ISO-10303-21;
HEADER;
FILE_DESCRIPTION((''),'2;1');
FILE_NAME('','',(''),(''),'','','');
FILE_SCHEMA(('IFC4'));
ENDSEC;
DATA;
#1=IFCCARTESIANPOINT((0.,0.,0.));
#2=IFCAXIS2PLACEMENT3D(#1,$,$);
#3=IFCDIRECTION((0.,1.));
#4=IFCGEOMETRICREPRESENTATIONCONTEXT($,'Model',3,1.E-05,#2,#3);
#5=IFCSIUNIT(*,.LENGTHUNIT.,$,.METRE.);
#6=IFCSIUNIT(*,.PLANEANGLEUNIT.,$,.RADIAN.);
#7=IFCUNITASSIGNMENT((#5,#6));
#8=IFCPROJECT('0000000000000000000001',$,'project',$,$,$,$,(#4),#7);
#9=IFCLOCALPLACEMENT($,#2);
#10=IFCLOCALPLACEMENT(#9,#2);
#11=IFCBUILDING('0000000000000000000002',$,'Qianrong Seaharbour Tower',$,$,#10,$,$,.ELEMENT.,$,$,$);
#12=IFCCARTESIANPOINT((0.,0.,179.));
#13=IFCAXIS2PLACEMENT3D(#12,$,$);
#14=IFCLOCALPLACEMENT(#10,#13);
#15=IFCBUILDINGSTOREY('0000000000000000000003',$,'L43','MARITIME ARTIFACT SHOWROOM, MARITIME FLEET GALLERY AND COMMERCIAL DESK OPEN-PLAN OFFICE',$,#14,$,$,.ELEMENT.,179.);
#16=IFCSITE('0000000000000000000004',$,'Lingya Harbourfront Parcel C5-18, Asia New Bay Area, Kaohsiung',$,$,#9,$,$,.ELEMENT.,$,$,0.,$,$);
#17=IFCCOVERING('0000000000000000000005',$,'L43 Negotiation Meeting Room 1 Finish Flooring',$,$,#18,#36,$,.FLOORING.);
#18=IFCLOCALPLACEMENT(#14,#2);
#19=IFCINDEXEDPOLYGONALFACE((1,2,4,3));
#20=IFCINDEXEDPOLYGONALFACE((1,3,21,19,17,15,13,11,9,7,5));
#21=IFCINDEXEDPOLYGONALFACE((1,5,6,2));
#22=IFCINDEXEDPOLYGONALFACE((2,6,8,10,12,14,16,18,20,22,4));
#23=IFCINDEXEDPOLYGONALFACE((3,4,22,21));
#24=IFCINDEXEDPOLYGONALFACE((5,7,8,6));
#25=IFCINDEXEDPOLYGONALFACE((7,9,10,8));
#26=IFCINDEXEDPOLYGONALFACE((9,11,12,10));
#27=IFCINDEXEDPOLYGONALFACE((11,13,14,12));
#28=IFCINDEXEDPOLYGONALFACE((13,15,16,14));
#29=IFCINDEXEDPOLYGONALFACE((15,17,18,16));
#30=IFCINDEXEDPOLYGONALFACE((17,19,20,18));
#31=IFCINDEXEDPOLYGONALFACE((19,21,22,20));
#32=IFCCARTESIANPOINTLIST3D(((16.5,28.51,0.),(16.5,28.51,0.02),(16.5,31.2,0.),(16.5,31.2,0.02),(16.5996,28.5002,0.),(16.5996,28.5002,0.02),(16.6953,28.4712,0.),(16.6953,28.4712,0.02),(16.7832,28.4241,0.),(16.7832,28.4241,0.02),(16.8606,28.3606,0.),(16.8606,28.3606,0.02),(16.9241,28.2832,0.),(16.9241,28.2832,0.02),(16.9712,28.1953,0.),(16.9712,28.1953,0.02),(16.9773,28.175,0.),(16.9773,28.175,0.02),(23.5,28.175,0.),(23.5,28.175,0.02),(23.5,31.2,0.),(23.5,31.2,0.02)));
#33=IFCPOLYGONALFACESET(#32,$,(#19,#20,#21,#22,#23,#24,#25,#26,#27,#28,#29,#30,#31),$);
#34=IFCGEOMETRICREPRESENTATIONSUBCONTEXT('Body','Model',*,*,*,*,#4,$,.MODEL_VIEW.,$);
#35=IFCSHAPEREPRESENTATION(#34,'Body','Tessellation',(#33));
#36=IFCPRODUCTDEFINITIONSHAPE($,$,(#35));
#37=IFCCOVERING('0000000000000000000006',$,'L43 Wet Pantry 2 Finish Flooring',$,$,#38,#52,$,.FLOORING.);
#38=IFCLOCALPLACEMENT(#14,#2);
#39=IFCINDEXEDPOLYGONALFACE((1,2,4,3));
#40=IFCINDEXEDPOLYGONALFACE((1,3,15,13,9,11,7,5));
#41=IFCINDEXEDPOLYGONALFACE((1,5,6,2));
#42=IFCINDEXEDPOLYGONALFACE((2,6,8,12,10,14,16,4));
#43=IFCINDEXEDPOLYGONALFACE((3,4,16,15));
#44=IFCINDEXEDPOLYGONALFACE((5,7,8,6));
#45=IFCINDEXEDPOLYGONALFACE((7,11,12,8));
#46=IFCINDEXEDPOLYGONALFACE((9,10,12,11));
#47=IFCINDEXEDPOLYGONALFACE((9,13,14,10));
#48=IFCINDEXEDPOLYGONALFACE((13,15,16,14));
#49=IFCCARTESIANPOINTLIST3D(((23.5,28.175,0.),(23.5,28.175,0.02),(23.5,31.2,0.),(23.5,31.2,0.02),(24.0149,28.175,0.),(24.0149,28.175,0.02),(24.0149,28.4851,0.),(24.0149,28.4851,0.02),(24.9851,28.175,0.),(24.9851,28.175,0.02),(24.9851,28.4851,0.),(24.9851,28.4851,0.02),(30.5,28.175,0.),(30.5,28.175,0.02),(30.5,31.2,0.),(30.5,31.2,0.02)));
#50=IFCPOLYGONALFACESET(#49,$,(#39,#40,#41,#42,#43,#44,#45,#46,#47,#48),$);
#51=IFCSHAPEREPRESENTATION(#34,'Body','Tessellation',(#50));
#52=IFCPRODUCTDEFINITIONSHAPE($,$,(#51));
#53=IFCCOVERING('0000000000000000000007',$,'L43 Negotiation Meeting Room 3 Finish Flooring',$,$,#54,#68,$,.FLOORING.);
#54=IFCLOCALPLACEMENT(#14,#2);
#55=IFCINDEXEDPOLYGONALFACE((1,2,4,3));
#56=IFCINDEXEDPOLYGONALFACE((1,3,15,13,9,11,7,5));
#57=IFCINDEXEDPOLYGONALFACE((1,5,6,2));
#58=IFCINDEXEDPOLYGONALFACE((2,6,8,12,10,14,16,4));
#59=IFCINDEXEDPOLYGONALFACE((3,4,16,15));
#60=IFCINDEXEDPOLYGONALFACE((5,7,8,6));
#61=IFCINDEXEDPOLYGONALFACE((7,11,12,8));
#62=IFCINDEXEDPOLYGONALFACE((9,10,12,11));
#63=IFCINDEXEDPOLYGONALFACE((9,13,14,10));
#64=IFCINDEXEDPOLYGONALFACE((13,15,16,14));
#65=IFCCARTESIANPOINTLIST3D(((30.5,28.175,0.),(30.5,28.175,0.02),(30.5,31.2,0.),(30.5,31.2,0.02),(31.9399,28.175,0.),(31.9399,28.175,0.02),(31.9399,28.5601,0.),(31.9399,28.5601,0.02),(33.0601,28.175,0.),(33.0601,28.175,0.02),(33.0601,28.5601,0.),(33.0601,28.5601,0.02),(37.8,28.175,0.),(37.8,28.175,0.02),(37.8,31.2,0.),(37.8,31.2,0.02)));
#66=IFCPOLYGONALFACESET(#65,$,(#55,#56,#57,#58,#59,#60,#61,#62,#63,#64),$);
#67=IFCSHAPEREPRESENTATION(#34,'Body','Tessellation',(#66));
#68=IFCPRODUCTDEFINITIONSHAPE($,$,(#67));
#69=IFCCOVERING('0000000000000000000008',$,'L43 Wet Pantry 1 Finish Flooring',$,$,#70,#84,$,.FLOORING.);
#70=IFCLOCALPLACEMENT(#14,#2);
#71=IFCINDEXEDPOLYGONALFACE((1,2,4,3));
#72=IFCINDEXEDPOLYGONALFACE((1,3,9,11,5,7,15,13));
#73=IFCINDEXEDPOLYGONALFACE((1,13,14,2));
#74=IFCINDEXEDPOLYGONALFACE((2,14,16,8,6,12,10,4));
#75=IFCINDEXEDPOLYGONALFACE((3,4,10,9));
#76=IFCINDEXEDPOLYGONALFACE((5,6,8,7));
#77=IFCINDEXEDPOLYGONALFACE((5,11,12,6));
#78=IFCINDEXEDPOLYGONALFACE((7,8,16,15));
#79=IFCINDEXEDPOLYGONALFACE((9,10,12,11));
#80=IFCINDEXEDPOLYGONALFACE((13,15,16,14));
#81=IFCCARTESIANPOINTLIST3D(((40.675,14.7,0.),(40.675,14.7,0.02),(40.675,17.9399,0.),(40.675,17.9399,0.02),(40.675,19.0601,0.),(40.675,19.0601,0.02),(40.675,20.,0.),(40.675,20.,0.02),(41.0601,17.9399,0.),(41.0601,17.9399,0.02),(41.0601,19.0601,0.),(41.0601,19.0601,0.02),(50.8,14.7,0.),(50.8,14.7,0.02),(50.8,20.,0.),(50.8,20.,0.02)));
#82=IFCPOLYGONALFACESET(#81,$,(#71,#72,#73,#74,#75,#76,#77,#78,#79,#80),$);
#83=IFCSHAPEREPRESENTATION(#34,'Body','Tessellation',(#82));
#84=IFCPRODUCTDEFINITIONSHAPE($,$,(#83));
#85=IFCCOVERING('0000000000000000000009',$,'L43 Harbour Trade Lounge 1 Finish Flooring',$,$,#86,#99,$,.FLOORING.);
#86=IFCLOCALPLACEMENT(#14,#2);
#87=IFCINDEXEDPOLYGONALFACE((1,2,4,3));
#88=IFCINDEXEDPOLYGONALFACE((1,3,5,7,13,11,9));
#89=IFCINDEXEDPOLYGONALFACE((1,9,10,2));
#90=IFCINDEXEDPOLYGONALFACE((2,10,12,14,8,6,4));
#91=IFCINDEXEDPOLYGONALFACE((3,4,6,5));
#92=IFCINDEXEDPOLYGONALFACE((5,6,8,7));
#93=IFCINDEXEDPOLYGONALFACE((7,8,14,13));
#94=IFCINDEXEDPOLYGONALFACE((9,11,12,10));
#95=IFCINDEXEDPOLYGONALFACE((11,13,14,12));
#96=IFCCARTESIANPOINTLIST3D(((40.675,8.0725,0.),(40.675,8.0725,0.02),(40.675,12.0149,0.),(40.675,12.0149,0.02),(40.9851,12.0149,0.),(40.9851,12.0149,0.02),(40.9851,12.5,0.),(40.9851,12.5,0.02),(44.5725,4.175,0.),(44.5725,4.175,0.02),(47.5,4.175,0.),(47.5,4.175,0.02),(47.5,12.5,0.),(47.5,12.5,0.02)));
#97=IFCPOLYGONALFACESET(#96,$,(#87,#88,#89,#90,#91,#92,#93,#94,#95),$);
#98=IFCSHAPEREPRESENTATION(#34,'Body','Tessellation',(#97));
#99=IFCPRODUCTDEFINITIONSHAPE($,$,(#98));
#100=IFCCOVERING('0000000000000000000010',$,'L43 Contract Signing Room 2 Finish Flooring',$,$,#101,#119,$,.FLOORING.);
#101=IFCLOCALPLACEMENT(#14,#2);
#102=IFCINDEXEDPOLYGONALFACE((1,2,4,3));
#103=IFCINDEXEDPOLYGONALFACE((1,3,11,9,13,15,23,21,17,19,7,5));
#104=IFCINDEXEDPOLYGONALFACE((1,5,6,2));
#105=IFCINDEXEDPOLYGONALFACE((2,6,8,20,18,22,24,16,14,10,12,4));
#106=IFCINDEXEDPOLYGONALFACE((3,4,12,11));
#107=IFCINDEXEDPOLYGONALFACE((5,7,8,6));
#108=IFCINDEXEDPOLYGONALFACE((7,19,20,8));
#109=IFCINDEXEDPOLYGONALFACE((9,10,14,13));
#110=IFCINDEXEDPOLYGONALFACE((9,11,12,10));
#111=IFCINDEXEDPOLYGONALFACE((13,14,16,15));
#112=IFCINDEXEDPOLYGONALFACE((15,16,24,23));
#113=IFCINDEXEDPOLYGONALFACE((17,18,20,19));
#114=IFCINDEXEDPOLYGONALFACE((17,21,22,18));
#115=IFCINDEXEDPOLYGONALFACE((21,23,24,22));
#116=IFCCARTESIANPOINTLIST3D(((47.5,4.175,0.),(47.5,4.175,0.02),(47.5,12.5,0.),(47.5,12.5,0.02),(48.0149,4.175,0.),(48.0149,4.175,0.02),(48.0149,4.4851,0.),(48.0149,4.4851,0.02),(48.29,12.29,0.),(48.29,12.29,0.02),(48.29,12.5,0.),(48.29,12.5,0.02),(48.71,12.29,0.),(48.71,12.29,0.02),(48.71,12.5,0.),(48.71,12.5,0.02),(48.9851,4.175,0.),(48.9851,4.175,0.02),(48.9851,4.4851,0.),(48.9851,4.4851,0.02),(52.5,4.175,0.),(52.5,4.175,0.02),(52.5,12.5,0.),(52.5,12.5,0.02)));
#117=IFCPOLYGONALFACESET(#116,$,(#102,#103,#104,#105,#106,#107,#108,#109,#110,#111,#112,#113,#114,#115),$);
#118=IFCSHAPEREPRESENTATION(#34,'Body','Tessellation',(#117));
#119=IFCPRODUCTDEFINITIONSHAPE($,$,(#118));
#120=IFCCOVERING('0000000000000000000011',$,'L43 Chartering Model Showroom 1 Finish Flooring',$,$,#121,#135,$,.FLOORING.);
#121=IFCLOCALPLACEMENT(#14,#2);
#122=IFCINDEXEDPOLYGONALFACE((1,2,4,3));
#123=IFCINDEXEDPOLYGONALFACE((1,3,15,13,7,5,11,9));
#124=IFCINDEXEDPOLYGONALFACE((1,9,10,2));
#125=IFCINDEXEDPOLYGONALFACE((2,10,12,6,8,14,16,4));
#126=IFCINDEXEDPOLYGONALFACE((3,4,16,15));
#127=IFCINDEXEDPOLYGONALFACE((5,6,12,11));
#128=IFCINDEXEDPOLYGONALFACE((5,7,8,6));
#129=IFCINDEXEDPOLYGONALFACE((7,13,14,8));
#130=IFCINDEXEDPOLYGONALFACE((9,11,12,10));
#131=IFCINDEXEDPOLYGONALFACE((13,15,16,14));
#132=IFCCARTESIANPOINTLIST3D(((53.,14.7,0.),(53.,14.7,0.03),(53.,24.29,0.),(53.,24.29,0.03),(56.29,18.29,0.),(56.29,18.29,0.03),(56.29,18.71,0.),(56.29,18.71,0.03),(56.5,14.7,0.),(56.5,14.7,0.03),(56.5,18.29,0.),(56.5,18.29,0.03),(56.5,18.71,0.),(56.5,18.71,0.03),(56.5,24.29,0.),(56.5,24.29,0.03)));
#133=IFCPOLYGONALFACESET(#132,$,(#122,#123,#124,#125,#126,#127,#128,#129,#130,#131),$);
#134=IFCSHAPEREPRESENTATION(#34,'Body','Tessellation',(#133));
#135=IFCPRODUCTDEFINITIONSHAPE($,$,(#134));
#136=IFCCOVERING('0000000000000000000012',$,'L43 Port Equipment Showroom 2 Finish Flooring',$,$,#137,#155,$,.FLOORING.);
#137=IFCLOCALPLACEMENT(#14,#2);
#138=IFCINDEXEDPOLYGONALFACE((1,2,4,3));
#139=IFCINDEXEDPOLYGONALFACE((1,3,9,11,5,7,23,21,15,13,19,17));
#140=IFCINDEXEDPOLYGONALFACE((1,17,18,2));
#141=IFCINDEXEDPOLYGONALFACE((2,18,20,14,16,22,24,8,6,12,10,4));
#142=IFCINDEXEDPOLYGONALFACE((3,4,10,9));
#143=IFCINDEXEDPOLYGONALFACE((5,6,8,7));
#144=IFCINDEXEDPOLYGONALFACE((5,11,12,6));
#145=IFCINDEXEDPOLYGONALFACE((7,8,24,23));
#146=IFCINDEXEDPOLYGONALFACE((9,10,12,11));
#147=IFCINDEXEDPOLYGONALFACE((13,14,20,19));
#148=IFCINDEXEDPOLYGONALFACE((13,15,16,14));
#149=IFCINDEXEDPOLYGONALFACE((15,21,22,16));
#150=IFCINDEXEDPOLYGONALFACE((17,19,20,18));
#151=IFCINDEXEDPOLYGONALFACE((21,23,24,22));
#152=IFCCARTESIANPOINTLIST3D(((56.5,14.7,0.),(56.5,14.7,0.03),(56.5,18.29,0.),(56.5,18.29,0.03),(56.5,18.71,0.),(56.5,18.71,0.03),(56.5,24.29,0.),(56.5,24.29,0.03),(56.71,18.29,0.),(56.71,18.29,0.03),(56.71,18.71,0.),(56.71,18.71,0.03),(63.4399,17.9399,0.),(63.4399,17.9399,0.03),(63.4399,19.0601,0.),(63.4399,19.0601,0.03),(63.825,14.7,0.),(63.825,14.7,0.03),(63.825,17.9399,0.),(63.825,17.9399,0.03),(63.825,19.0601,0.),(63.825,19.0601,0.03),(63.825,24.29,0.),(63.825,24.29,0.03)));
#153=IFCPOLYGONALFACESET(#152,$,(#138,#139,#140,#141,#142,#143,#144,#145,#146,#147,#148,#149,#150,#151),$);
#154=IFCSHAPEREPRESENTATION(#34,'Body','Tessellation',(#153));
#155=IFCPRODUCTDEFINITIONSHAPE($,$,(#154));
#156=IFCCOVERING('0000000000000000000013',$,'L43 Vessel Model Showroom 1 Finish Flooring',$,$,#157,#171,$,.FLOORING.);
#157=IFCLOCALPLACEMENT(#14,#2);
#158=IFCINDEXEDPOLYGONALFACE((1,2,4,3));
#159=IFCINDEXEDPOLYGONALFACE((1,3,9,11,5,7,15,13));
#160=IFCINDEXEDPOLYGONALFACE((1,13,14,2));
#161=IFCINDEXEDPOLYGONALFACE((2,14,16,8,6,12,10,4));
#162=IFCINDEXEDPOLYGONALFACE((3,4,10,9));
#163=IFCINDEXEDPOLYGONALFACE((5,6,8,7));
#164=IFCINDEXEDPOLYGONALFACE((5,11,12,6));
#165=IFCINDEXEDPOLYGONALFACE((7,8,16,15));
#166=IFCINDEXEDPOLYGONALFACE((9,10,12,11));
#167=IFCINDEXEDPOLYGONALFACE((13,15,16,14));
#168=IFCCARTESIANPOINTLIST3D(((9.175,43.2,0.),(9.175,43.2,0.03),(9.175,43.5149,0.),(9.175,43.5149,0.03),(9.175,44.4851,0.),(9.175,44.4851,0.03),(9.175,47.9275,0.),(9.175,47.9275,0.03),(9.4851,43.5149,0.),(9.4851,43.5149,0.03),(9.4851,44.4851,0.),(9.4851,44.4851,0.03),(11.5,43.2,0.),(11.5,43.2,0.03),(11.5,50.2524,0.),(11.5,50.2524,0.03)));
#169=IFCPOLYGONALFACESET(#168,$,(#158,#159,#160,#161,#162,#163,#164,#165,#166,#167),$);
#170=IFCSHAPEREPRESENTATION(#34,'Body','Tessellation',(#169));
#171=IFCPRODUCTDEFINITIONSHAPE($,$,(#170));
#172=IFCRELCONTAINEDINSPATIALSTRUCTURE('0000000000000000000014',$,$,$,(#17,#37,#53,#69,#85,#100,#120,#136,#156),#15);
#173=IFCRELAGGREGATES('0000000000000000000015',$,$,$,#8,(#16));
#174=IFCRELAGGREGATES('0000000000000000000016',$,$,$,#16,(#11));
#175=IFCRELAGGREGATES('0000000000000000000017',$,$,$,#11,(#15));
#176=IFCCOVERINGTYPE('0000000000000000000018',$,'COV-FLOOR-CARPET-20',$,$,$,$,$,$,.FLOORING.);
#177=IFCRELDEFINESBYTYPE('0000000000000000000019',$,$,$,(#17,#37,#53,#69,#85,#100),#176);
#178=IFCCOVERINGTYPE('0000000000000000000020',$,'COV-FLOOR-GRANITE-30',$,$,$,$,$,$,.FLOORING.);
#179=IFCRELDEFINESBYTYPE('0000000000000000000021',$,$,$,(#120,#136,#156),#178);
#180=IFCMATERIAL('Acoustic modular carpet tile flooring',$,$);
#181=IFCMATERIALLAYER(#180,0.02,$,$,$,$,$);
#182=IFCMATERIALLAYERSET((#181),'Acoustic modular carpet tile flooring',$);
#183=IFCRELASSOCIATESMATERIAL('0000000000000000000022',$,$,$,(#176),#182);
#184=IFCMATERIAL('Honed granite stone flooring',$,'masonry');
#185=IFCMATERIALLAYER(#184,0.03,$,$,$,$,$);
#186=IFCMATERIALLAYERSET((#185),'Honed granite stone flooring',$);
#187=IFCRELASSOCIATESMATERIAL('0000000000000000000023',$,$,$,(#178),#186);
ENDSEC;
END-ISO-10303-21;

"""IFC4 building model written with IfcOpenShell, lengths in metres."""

from ifc_helpers import new_model, si_unit, direction, frame, origin, place, context, subcontext, project, spatial, polyline, outline, extrude, material, layer, layer_set, type_object, element, save


model = new_model("IFC4")

# Units and contexts
model_context = context("Model", 3, precision=1e-05, world=origin(), true_north=direction((0.0, 1.0)))
body_context = subcontext(model_context, "Body", "Model", "MODEL_VIEW")
ifc_project = project(units=[si_unit("LENGTHUNIT", "METRE"), si_unit("PLANEANGLEUNIT", "RADIAN")], contexts=[model_context])

# Site, building, storey
site_placement = place(None, origin())
site = spatial("IfcSite", under=ifc_project, at=site_placement, Name="Lingya Harbourfront Parcel C5-18, Asia New Bay Area, Kaohsiung", CompositionType="ELEMENT", RefElevation=0.0)
building_placement = place(site_placement, origin())
building = spatial("IfcBuilding", under=site, at=building_placement, Name="Qianrong Seaharbour Tower", CompositionType="ELEMENT")
storey_placement = place(building_placement, frame((0.0, 0.0, 179.0)))
storey = spatial("IfcBuildingStorey", under=building, at=storey_placement, Name="L43", Description="MARITIME ARTIFACT SHOWROOM, MARITIME FLEET GALLERY AND COMMERCIAL DESK OPEN-PLAN OFFICE", CompositionType="ELEMENT", Elevation=179.0)

# Coverings
ifc_material_1 = material(Name="Acoustic modular carpet tile flooring")
ifc_layer_1 = layer(ifc_material_1, 0.02)
ifc_layer_set_1 = layer_set([ifc_layer_1], Name="Acoustic modular carpet tile flooring")
covering_type_1 = type_object("IfcCoveringType", Name="COV-FLOOR-CARPET-20", PredefinedType="FLOORING", material=ifc_layer_set_1)
covering_1_placement = place(storey_placement, origin())
element("IfcCovering", 1, at=covering_1_placement, inside=storey, type_object=covering_type_1, Name="L43 Negotiation Meeting Room 1 Finish Flooring", PredefinedType="FLOORING", context=body_context, shape_type="SweptSolid", body=[
    extrude(outline(polyline([(23.5, 28.175), (16.9773, 28.175), (16.9712, 28.1953), (16.9241, 28.2832), (16.8606, 28.3606), (16.7832, 28.4241), (16.6953, 28.4712), (16.5996, 28.5002), (16.5, 28.51), (16.5, 31.2), (23.5, 31.2), (23.5, 28.175)])), origin(), (0.0, 0.0, 1.0), 0.02),
])
covering_2_placement = place(storey_placement, origin())
element("IfcCovering", 2, at=covering_2_placement, inside=storey, type_object=covering_type_1, Name="L43 Wet Pantry 2 Finish Flooring", PredefinedType="FLOORING", context=body_context, shape_type="SweptSolid", body=[
    extrude(outline(polyline([(30.5, 28.175), (24.9851, 28.175), (24.9851, 28.4851), (24.0149, 28.4851), (24.0149, 28.175), (23.5, 28.175), (23.5, 31.2), (30.5, 31.2), (30.5, 28.175)])), origin(), (0.0, 0.0, 1.0), 0.02),
])
covering_3_placement = place(storey_placement, origin())
element("IfcCovering", 3, at=covering_3_placement, inside=storey, type_object=covering_type_1, Name="L43 Negotiation Meeting Room 3 Finish Flooring", PredefinedType="FLOORING", context=body_context, shape_type="SweptSolid", body=[
    extrude(outline(polyline([(37.8, 28.175), (33.0601, 28.175), (33.0601, 28.5601), (31.9399, 28.5601), (31.9399, 28.175), (30.5, 28.175), (30.5, 31.2), (37.8, 31.2), (37.8, 28.175)])), origin(), (0.0, 0.0, 1.0), 0.02),
])
covering_4_placement = place(storey_placement, origin())
element("IfcCovering", 4, at=covering_4_placement, inside=storey, type_object=covering_type_1, Name="L43 Wet Pantry 1 Finish Flooring", PredefinedType="FLOORING", context=body_context, shape_type="SweptSolid", body=[
    extrude(outline(polyline([(40.675, 14.7), (40.675, 17.9399), (41.0601, 17.9399), (41.0601, 19.0601), (40.675, 19.0601), (40.675, 20.0), (50.8, 20.0), (50.8, 14.7), (40.675, 14.7)])), origin(), (0.0, 0.0, 1.0), 0.02),
])
covering_5_placement = place(storey_placement, origin())
element("IfcCovering", 5, at=covering_5_placement, inside=storey, type_object=covering_type_1, Name="L43 Harbour Trade Lounge 1 Finish Flooring", PredefinedType="FLOORING", context=body_context, shape_type="SweptSolid", body=[
    extrude(outline(polyline([(44.5725, 4.175), (40.675, 8.0725), (40.675, 12.0149), (40.9851, 12.0149), (40.9851, 12.5), (47.5, 12.5), (47.5, 4.175), (44.5725, 4.175)])), origin(), (0.0, 0.0, 1.0), 0.02),
])
covering_6_placement = place(storey_placement, origin())
element("IfcCovering", 6, at=covering_6_placement, inside=storey, type_object=covering_type_1, Name="L43 Contract Signing Room 2 Finish Flooring", PredefinedType="FLOORING", context=body_context, shape_type="SweptSolid", body=[
    extrude(outline(polyline([(52.5, 4.175), (48.9851, 4.175), (48.9851, 4.4851), (48.0149, 4.4851), (48.0149, 4.175), (47.5, 4.175), (47.5, 12.5), (48.29, 12.5), (48.29, 12.29), (48.71, 12.29), (48.71, 12.5), (52.5, 12.5), (52.5, 4.175)])), origin(), (0.0, 0.0, 1.0), 0.02),
])
ifc_material_2 = material(Name="Honed granite stone flooring", Category="masonry")
ifc_layer_2 = layer(ifc_material_2, 0.03)
ifc_layer_set_2 = layer_set([ifc_layer_2], Name="Honed granite stone flooring")
covering_type_2 = type_object("IfcCoveringType", Name="COV-FLOOR-GRANITE-30", PredefinedType="FLOORING", material=ifc_layer_set_2)
covering_7_placement = place(storey_placement, origin())
element("IfcCovering", 7, at=covering_7_placement, inside=storey, type_object=covering_type_2, Name="L43 Chartering Model Showroom 1 Finish Flooring", PredefinedType="FLOORING", context=body_context, shape_type="SweptSolid", body=[
    extrude(outline(polyline([(56.5, 24.29), (56.5, 18.71), (56.29, 18.71), (56.29, 18.29), (56.5, 18.29), (56.5, 14.7), (53.0, 14.7), (53.0, 24.29), (56.5, 24.29)])), origin(), (0.0, 0.0, 1.0), 0.03),
])
covering_8_placement = place(storey_placement, origin())
element("IfcCovering", 8, at=covering_8_placement, inside=storey, type_object=covering_type_2, Name="L43 Port Equipment Showroom 2 Finish Flooring", PredefinedType="FLOORING", context=body_context, shape_type="SweptSolid", body=[
    extrude(outline(polyline([(63.825, 24.29), (63.825, 19.0601), (63.4399, 19.0601), (63.4399, 17.9399), (63.825, 17.9399), (63.825, 14.7), (56.5, 14.7), (56.5, 18.29), (56.71, 18.29), (56.71, 18.71), (56.5, 18.71), (56.5, 24.29), (63.825, 24.29)])), origin(), (0.0, 0.0, 1.0), 0.03),
])
covering_9_placement = place(storey_placement, origin())
element("IfcCovering", 9, at=covering_9_placement, inside=storey, type_object=covering_type_2, Name="L43 Vessel Model Showroom 1 Finish Flooring", PredefinedType="FLOORING", context=body_context, shape_type="SweptSolid", body=[
    extrude(outline(polyline([(9.175, 43.5149), (9.4851, 43.5149), (9.4851, 44.4851), (9.175, 44.4851), (9.175, 47.9275), (11.5, 50.2524), (11.5, 43.2), (9.175, 43.2), (9.175, 43.5149)])), origin(), (0.0, 0.0, 1.0), 0.03),
])

save(model, "model.ifc")
